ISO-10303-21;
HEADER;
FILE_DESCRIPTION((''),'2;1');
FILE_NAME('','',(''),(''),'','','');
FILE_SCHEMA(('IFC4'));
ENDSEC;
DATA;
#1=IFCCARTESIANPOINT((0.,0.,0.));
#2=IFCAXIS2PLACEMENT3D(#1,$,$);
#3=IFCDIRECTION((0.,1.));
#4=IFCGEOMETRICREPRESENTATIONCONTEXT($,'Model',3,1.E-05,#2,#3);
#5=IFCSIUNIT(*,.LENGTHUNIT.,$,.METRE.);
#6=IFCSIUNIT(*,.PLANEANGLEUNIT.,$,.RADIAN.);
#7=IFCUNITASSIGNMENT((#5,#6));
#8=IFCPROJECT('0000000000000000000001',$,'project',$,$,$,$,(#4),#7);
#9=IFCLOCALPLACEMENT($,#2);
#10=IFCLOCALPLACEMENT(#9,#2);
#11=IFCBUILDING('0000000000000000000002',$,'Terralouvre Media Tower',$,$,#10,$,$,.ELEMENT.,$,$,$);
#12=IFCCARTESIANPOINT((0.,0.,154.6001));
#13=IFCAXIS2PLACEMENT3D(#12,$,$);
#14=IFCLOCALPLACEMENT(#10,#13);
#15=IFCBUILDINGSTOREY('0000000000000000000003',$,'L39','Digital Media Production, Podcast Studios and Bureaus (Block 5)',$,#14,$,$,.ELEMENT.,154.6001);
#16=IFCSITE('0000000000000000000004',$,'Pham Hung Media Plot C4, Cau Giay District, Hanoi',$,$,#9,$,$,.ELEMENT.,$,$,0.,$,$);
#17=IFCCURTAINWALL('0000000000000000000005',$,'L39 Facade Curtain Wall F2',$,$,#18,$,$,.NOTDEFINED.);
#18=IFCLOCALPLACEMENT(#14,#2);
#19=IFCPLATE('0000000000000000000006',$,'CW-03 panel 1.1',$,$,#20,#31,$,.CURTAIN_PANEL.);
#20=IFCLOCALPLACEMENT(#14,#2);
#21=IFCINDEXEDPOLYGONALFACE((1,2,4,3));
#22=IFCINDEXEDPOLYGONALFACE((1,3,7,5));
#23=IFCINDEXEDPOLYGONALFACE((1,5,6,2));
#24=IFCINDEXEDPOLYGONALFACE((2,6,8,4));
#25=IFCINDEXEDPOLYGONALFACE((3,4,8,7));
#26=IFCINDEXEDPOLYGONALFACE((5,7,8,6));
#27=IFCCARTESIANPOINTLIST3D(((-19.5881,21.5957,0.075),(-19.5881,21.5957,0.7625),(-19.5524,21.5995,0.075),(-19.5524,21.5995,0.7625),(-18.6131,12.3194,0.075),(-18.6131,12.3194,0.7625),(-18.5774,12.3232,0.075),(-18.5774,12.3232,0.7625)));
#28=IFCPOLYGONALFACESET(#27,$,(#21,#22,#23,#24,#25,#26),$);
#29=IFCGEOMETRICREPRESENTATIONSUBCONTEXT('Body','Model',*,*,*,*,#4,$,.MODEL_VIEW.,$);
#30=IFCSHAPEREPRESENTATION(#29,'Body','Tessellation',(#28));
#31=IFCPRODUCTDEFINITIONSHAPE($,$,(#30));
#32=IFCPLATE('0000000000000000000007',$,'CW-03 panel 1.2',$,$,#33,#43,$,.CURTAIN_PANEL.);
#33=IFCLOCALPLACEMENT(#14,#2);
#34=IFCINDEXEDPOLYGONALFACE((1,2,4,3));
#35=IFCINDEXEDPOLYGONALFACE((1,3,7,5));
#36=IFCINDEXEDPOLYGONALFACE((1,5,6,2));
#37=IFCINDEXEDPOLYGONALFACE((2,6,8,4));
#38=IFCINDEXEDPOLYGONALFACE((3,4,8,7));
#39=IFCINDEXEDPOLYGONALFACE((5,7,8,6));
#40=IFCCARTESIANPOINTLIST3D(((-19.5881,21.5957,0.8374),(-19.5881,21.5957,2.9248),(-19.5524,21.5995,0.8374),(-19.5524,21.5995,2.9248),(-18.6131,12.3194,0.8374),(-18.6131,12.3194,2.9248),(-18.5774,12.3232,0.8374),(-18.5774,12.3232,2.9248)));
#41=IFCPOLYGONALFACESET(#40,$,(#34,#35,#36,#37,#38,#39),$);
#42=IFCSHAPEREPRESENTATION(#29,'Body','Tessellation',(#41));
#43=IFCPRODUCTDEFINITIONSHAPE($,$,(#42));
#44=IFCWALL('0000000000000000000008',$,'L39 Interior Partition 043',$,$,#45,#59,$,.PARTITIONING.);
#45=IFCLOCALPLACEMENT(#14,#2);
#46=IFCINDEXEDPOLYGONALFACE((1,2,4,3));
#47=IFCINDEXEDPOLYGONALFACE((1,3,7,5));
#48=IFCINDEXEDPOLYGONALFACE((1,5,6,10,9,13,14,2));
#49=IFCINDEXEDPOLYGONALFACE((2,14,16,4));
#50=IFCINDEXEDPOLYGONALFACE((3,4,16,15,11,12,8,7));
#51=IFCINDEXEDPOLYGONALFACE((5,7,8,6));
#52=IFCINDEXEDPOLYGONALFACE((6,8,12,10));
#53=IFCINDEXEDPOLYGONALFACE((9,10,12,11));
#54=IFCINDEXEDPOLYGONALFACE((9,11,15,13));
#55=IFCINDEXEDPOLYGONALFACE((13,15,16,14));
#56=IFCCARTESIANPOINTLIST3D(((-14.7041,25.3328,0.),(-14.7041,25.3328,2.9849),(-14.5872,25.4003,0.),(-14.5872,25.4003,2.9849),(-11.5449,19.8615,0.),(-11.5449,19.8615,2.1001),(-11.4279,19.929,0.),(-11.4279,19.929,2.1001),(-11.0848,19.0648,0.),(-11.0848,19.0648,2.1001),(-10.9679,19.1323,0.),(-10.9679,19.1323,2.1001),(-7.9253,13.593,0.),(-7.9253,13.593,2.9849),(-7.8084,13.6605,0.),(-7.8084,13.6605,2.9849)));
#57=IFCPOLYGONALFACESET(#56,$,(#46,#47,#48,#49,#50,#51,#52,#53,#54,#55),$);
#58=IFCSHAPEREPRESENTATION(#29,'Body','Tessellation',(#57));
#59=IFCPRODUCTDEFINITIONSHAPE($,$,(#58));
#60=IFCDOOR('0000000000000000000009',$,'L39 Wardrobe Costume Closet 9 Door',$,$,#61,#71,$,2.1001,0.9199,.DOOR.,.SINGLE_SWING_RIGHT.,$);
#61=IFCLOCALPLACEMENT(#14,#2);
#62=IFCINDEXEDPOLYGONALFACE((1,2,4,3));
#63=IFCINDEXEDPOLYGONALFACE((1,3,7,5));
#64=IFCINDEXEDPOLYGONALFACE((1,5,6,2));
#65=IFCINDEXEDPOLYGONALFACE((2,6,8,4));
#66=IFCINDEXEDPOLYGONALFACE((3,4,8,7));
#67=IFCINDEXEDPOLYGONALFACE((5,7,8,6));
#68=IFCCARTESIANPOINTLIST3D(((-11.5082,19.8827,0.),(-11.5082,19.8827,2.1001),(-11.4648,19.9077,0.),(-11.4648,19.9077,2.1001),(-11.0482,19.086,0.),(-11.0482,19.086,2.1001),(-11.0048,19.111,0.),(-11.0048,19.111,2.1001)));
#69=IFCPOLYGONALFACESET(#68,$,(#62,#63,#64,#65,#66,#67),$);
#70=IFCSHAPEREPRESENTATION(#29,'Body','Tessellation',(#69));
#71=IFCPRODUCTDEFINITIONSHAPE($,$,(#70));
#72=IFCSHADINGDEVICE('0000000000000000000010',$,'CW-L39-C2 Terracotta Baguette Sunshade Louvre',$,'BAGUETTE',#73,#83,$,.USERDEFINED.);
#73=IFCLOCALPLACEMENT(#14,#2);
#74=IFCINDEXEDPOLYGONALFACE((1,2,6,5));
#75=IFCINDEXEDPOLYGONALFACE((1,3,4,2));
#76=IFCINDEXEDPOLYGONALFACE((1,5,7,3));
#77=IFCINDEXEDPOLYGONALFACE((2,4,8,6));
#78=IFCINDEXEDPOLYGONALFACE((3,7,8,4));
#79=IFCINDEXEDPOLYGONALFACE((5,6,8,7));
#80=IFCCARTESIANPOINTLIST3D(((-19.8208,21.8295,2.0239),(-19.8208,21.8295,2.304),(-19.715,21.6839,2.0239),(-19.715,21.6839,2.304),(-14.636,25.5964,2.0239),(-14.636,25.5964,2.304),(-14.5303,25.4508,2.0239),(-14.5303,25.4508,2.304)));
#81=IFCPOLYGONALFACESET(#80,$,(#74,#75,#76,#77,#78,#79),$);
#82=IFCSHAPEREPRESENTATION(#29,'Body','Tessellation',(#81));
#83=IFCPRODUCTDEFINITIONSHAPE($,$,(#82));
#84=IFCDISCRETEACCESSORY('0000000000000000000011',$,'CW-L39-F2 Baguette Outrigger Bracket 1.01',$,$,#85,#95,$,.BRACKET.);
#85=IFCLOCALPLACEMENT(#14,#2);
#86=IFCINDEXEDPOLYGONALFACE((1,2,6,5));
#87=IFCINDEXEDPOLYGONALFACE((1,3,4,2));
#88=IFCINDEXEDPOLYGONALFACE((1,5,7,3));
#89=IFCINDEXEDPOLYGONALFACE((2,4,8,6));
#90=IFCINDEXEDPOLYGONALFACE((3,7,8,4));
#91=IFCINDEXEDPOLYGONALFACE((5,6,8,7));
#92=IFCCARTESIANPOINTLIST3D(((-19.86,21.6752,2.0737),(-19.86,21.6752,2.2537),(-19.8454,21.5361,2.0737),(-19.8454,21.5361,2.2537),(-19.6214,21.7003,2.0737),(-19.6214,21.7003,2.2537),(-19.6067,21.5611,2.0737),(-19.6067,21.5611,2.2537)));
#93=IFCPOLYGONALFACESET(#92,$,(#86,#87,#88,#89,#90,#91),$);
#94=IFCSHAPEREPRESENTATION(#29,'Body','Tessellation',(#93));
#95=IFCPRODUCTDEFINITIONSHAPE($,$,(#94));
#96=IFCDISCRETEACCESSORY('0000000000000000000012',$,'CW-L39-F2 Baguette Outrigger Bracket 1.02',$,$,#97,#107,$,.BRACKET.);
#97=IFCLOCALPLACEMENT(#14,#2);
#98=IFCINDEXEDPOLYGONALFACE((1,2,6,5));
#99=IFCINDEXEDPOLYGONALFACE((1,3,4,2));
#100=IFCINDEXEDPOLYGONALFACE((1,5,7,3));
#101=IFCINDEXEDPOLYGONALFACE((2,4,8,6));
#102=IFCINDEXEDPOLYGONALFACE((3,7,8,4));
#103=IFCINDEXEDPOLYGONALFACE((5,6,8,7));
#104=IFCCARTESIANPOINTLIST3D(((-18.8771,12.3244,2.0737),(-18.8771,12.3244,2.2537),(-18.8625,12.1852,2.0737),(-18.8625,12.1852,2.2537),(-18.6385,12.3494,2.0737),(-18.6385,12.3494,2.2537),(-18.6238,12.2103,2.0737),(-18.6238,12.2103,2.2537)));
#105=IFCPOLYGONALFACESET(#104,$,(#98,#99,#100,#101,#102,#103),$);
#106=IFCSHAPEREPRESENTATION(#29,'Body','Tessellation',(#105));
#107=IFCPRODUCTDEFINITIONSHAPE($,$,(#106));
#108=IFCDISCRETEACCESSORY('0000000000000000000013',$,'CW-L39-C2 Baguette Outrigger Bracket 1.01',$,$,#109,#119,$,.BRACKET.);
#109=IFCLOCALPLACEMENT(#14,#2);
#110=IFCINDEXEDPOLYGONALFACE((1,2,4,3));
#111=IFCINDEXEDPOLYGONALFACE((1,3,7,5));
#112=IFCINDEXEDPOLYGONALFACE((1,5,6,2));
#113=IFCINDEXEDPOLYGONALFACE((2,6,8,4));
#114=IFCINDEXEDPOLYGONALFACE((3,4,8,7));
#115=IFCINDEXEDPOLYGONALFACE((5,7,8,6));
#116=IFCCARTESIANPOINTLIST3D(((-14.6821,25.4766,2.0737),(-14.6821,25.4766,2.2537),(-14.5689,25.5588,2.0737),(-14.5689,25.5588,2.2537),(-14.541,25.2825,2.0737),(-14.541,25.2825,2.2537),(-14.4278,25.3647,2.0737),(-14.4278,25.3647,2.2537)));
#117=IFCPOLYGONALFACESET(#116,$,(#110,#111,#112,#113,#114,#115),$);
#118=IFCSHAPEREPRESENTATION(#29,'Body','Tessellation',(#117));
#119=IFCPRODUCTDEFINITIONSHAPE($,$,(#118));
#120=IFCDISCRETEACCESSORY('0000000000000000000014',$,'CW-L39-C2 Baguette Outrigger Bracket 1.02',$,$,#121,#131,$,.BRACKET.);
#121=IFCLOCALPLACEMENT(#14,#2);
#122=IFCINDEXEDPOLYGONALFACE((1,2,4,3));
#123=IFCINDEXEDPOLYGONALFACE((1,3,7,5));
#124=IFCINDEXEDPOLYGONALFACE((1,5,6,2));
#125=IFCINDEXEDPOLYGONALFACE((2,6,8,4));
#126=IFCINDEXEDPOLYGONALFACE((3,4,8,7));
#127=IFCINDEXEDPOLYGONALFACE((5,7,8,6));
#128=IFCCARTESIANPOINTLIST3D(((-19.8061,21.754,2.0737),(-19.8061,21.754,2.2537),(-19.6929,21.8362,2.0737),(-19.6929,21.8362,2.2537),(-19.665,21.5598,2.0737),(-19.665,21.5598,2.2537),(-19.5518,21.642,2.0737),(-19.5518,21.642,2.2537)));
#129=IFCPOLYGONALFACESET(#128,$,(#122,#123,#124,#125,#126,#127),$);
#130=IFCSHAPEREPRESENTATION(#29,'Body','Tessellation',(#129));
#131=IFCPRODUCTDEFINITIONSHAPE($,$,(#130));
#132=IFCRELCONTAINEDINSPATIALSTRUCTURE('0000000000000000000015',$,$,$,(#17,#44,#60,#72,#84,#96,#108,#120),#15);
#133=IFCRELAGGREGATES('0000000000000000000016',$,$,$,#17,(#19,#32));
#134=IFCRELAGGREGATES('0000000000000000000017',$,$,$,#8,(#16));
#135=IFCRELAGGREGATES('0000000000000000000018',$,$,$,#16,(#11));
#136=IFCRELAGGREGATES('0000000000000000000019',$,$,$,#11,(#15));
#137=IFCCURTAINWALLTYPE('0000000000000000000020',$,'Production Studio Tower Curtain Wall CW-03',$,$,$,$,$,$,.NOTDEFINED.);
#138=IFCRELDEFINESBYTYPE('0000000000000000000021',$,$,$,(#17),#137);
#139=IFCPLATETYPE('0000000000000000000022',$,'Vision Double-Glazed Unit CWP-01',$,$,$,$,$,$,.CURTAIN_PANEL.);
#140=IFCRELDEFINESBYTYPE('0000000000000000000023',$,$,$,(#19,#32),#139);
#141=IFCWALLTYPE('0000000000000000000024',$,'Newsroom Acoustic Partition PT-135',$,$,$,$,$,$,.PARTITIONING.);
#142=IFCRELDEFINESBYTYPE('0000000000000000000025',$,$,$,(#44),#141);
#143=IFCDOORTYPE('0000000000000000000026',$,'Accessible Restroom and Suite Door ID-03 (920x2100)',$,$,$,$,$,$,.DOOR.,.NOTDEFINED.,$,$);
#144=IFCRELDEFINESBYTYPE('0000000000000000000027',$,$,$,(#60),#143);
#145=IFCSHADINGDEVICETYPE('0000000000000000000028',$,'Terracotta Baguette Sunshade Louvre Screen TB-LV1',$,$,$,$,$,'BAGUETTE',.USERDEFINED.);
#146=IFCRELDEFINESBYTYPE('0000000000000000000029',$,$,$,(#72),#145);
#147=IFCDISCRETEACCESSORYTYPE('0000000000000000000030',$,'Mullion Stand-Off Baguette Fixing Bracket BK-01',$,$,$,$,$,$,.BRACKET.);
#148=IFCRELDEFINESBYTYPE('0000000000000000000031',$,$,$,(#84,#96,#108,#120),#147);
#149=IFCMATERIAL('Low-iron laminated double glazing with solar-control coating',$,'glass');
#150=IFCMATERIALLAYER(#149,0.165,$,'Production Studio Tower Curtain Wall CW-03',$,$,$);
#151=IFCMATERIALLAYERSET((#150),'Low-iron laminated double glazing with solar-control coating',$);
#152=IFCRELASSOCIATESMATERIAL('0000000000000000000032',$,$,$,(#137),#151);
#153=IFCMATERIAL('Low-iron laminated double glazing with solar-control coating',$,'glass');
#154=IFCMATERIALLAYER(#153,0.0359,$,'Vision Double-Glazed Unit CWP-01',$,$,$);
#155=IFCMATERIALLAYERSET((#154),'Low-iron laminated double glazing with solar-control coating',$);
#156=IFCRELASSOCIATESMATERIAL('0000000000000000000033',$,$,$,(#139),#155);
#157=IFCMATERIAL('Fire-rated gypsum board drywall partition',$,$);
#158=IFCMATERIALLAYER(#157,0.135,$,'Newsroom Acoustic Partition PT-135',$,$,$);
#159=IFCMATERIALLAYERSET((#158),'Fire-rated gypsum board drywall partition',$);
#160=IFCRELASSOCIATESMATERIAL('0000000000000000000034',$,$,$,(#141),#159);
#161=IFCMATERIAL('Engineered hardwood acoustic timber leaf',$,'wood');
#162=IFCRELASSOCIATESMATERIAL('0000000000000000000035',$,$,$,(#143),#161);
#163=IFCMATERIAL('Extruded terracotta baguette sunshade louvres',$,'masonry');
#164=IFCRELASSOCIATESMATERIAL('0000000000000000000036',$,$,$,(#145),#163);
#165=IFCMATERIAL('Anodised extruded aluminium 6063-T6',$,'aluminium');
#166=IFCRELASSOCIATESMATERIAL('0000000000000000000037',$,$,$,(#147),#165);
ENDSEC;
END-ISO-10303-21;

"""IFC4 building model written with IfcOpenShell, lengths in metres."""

from ifc_helpers import new_model, si_unit, direction, frame, frame_2d, origin, origin_2d, place, context, subcontext, project, spatial, rectangle, extrude, material, layer, layer_set, type_object, element, fill, aggregate, save


model = new_model("IFC4")

# Units and contexts
model_context = context("Model", 3, precision=1e-05, world=origin(), true_north=direction((0.0, 1.0)))
body_context = subcontext(model_context, "Body", "Model", "MODEL_VIEW")
ifc_project = project(units=[si_unit("LENGTHUNIT", "METRE"), si_unit("PLANEANGLEUNIT", "RADIAN")], contexts=[model_context])

# Site, building, storey
site_placement = place(None, origin())
site = spatial("IfcSite", under=ifc_project, at=site_placement, Name="Pham Hung Media Plot C4, Cau Giay District, Hanoi", CompositionType="ELEMENT", RefElevation=0.0)
building_placement = place(site_placement, origin())
building = spatial("IfcBuilding", under=site, at=building_placement, Name="Terralouvre Media Tower", CompositionType="ELEMENT")
storey_placement = place(building_placement, frame((0.0, 0.0, 154.6001)))
storey = spatial("IfcBuildingStorey", under=building, at=storey_placement, Name="L39", Description="Digital Media Production, Podcast Studios and Bureaus (Block 5)", CompositionType="ELEMENT", Elevation=154.6001)

# Curtain wall
ifc_material_1 = material(Name="Low-iron laminated double glazing with solar-control coating", Category="glass")
ifc_layer_1 = layer(ifc_material_1, 0.165, Name="Production Studio Tower Curtain Wall CW-03")
ifc_layer_set_1 = layer_set([ifc_layer_1], Name="Low-iron laminated double glazing with solar-control coating")
curtain_wall_type_1 = type_object("IfcCurtainWallType", Name="Production Studio Tower Curtain Wall CW-03", PredefinedType="NOTDEFINED", material=ifc_layer_set_1)
curtain_wall_1_placement = place(storey_placement, origin())
curtain_wall_1 = element("IfcCurtainWall", 1, at=curtain_wall_1_placement, inside=storey, type_object=curtain_wall_type_1, Name="L39 Facade Curtain Wall F2", PredefinedType="NOTDEFINED")

# Plates
ifc_material_2 = material(Name="Low-iron laminated double glazing with solar-control coating", Category="glass")
ifc_layer_2 = layer(ifc_material_2, 0.0359, Name="Vision Double-Glazed Unit CWP-01")
ifc_layer_set_2 = layer_set([ifc_layer_2], Name="Low-iron laminated double glazing with solar-control coating")
plate_type_1 = type_object("IfcPlateType", Name="Vision Double-Glazed Unit CWP-01", PredefinedType="CURTAIN_PANEL", material=ifc_layer_set_2)
plate_1_placement = place(storey_placement, frame((-19.0828, 16.9595, 0.075), z_axis=(0.0, 0.0, 1.0), x_axis=(0.104528, -0.994522, 0.0)))
plate_1 = element("IfcPlate", 2, at=plate_1_placement, type_object=plate_type_1, Name="CW-03 panel 1.1", PredefinedType="CURTAIN_PANEL", context=body_context, shape_type="SweptSolid", body=[
    extrude(rectangle(XDim=9.3274, YDim=0.0359, at=origin_2d()), origin(), (0.0, 0.0, 1.0), 0.6875),
])
plate_2_placement = place(storey_placement, frame((-19.0828, 16.9595, 0.8374), z_axis=(0.0, 0.0, 1.0), x_axis=(0.104528, -0.994522, 0.0)))
plate_2 = element("IfcPlate", 3, at=plate_2_placement, type_object=plate_type_1, Name="CW-03 panel 1.2", PredefinedType="CURTAIN_PANEL", context=body_context, shape_type="SweptSolid", body=[
    extrude(rectangle(XDim=9.3274, YDim=0.0359, at=origin_2d()), origin(), (0.0, 0.0, 1.0), 2.0874),
])
aggregate(curtain_wall_1, [plate_1, plate_2])

# Wall, opening, door
ifc_material_3 = material(Name="Fire-rated gypsum board drywall partition")
ifc_layer_3 = layer(ifc_material_3, 0.135, Name="Newsroom Acoustic Partition PT-135")
ifc_layer_set_3 = layer_set([ifc_layer_3], Name="Fire-rated gypsum board drywall partition")
wall_type = type_object("IfcWallType", Name="Newsroom Acoustic Partition PT-135", PredefinedType="PARTITIONING", material=ifc_layer_set_3)
wall_placement = place(storey_placement, frame((-14.6458, 25.3667, 0.0), z_axis=(0.0, 0.0, 1.0), x_axis=(0.500048, -0.865998, 0.0)))
wall = element("IfcWall", 4, at=wall_placement, inside=storey, type_object=wall_type, Name="L39 Interior Partition 043", PredefinedType="PARTITIONING", context=body_context, shape_type="SweptSolid", body=[
    extrude(rectangle(XDim=13.5564, YDim=0.135, at=frame_2d((6.7783, 0.0))), origin(), (0.0, 0.0, 1.0), 2.9849),
])
opening_placement = place(wall_placement, frame((6.3181, 0.0, 0.0)))
opening = element("IfcOpeningElement", 5, at=opening_placement, cuts=wall, PredefinedType="OPENING", context=body_context, shape_type="SweptSolid", body=[
    extrude(rectangle(XDim=0.9199, YDim=2.1001, at=frame_2d((0.46, 1.05))), frame((0.0, 0.0774, 0.0), z_axis=(0.0, -1.0, 0.0), x_axis=(1.0, 0.0, 0.0)), (0.0, 0.0, 1.0), 0.155),
])
ifc_material_4 = material(Name="Engineered hardwood acoustic timber leaf", Category="wood")
door_type = type_object("IfcDoorType", Name="Accessible Restroom and Suite Door ID-03 (920x2100)", OperationType="NOTDEFINED", PredefinedType="DOOR", material=ifc_material_4)
door_placement = place(opening_placement, origin())
door = element("IfcDoor", 6, at=door_placement, inside=storey, type_object=door_type, Name="L39 Wardrobe Costume Closet 9 Door", OperationType="SINGLE_SWING_RIGHT", OverallHeight=2.1001, OverallWidth=0.9199, PredefinedType="DOOR", context=body_context, shape_type="SweptSolid", body=[
    extrude(rectangle(XDim=0.9199, YDim=2.1001, at=frame_2d((0.46, 1.05))), frame((0.0, 0.0249, 0.0), z_axis=(0.0, -1.0, 0.0), x_axis=(1.0, 0.0, 0.0)), (0.0, 0.0, 1.0), 0.05),
])
fill(opening, door)

# Shading device
ifc_material_5 = material(Name="Extruded terracotta baguette sunshade louvres", Category="masonry")
shading_device_type = type_object("IfcShadingDeviceType", Name="Terracotta Baguette Sunshade Louvre Screen TB-LV1", ElementType="BAGUETTE", PredefinedType="USERDEFINED", material=ifc_material_5)
shading_device_placement = place(storey_placement, frame((-17.1755, 23.6401, 2.0239), z_axis=(0.0, 0.0, 1.0), x_axis=(-0.809017, -0.587785, 0.0)))
element("IfcShadingDevice", 7, at=shading_device_placement, inside=storey, type_object=shading_device_type, Name="CW-L39-C2 Terracotta Baguette Sunshade Louvre", ObjectType="BAGUETTE", PredefinedType="USERDEFINED", context=body_context, shape_type="SweptSolid", body=[
    extrude(rectangle(XDim=6.4087, YDim=0.1799, at=origin_2d()), origin(), (0.0, 0.0, 1.0), 0.28),
])

# Discrete accessories
ifc_material_6 = material(Name="Anodised extruded aluminium 6063-T6", Category="aluminium")
discrete_accessory_type = type_object("IfcDiscreteAccessoryType", Name="Mullion Stand-Off Baguette Fixing Bracket BK-01", PredefinedType="BRACKET", material=ifc_material_6)
for number, where, z_axis, x_axis, name in (
    (8, (-19.7334, 21.6182, 2.0737), (0.0, 0.0, 1.0), (0.104528, -0.994522, 0.0), "CW-L39-F2 Baguette Outrigger Bracket 1.01"),
    (9, (-18.7505, 12.2673, 2.0737), (0.0, 0.0, 1.0), (0.104528, -0.994522, 0.0), "CW-L39-F2 Baguette Outrigger Bracket 1.02"),
    (10, (-14.5549, 25.4207, 2.0737), (0.0, 0.0, 1.0), (-0.809017, -0.587785, 0.0), "CW-L39-C2 Baguette Outrigger Bracket 1.01"),
    (11, (-19.679, 21.698, 2.0737), (0.0, 0.0, 1.0), (-0.809017, -0.587785, 0.0), "CW-L39-C2 Baguette Outrigger Bracket 1.02"),
):
    element("IfcDiscreteAccessory", number, at=place(storey_placement, frame(where, z_axis=z_axis, x_axis=x_axis)), inside=storey, type_object=discrete_accessory_type, Name=name, PredefinedType="BRACKET", context=body_context, shape_type="SweptSolid", body=[
        extrude(rectangle(XDim=0.1399, YDim=0.24, at=origin_2d()), origin(), (0.0, 0.0, 1.0), 0.1799),
    ])

save(model, "model.ifc")
